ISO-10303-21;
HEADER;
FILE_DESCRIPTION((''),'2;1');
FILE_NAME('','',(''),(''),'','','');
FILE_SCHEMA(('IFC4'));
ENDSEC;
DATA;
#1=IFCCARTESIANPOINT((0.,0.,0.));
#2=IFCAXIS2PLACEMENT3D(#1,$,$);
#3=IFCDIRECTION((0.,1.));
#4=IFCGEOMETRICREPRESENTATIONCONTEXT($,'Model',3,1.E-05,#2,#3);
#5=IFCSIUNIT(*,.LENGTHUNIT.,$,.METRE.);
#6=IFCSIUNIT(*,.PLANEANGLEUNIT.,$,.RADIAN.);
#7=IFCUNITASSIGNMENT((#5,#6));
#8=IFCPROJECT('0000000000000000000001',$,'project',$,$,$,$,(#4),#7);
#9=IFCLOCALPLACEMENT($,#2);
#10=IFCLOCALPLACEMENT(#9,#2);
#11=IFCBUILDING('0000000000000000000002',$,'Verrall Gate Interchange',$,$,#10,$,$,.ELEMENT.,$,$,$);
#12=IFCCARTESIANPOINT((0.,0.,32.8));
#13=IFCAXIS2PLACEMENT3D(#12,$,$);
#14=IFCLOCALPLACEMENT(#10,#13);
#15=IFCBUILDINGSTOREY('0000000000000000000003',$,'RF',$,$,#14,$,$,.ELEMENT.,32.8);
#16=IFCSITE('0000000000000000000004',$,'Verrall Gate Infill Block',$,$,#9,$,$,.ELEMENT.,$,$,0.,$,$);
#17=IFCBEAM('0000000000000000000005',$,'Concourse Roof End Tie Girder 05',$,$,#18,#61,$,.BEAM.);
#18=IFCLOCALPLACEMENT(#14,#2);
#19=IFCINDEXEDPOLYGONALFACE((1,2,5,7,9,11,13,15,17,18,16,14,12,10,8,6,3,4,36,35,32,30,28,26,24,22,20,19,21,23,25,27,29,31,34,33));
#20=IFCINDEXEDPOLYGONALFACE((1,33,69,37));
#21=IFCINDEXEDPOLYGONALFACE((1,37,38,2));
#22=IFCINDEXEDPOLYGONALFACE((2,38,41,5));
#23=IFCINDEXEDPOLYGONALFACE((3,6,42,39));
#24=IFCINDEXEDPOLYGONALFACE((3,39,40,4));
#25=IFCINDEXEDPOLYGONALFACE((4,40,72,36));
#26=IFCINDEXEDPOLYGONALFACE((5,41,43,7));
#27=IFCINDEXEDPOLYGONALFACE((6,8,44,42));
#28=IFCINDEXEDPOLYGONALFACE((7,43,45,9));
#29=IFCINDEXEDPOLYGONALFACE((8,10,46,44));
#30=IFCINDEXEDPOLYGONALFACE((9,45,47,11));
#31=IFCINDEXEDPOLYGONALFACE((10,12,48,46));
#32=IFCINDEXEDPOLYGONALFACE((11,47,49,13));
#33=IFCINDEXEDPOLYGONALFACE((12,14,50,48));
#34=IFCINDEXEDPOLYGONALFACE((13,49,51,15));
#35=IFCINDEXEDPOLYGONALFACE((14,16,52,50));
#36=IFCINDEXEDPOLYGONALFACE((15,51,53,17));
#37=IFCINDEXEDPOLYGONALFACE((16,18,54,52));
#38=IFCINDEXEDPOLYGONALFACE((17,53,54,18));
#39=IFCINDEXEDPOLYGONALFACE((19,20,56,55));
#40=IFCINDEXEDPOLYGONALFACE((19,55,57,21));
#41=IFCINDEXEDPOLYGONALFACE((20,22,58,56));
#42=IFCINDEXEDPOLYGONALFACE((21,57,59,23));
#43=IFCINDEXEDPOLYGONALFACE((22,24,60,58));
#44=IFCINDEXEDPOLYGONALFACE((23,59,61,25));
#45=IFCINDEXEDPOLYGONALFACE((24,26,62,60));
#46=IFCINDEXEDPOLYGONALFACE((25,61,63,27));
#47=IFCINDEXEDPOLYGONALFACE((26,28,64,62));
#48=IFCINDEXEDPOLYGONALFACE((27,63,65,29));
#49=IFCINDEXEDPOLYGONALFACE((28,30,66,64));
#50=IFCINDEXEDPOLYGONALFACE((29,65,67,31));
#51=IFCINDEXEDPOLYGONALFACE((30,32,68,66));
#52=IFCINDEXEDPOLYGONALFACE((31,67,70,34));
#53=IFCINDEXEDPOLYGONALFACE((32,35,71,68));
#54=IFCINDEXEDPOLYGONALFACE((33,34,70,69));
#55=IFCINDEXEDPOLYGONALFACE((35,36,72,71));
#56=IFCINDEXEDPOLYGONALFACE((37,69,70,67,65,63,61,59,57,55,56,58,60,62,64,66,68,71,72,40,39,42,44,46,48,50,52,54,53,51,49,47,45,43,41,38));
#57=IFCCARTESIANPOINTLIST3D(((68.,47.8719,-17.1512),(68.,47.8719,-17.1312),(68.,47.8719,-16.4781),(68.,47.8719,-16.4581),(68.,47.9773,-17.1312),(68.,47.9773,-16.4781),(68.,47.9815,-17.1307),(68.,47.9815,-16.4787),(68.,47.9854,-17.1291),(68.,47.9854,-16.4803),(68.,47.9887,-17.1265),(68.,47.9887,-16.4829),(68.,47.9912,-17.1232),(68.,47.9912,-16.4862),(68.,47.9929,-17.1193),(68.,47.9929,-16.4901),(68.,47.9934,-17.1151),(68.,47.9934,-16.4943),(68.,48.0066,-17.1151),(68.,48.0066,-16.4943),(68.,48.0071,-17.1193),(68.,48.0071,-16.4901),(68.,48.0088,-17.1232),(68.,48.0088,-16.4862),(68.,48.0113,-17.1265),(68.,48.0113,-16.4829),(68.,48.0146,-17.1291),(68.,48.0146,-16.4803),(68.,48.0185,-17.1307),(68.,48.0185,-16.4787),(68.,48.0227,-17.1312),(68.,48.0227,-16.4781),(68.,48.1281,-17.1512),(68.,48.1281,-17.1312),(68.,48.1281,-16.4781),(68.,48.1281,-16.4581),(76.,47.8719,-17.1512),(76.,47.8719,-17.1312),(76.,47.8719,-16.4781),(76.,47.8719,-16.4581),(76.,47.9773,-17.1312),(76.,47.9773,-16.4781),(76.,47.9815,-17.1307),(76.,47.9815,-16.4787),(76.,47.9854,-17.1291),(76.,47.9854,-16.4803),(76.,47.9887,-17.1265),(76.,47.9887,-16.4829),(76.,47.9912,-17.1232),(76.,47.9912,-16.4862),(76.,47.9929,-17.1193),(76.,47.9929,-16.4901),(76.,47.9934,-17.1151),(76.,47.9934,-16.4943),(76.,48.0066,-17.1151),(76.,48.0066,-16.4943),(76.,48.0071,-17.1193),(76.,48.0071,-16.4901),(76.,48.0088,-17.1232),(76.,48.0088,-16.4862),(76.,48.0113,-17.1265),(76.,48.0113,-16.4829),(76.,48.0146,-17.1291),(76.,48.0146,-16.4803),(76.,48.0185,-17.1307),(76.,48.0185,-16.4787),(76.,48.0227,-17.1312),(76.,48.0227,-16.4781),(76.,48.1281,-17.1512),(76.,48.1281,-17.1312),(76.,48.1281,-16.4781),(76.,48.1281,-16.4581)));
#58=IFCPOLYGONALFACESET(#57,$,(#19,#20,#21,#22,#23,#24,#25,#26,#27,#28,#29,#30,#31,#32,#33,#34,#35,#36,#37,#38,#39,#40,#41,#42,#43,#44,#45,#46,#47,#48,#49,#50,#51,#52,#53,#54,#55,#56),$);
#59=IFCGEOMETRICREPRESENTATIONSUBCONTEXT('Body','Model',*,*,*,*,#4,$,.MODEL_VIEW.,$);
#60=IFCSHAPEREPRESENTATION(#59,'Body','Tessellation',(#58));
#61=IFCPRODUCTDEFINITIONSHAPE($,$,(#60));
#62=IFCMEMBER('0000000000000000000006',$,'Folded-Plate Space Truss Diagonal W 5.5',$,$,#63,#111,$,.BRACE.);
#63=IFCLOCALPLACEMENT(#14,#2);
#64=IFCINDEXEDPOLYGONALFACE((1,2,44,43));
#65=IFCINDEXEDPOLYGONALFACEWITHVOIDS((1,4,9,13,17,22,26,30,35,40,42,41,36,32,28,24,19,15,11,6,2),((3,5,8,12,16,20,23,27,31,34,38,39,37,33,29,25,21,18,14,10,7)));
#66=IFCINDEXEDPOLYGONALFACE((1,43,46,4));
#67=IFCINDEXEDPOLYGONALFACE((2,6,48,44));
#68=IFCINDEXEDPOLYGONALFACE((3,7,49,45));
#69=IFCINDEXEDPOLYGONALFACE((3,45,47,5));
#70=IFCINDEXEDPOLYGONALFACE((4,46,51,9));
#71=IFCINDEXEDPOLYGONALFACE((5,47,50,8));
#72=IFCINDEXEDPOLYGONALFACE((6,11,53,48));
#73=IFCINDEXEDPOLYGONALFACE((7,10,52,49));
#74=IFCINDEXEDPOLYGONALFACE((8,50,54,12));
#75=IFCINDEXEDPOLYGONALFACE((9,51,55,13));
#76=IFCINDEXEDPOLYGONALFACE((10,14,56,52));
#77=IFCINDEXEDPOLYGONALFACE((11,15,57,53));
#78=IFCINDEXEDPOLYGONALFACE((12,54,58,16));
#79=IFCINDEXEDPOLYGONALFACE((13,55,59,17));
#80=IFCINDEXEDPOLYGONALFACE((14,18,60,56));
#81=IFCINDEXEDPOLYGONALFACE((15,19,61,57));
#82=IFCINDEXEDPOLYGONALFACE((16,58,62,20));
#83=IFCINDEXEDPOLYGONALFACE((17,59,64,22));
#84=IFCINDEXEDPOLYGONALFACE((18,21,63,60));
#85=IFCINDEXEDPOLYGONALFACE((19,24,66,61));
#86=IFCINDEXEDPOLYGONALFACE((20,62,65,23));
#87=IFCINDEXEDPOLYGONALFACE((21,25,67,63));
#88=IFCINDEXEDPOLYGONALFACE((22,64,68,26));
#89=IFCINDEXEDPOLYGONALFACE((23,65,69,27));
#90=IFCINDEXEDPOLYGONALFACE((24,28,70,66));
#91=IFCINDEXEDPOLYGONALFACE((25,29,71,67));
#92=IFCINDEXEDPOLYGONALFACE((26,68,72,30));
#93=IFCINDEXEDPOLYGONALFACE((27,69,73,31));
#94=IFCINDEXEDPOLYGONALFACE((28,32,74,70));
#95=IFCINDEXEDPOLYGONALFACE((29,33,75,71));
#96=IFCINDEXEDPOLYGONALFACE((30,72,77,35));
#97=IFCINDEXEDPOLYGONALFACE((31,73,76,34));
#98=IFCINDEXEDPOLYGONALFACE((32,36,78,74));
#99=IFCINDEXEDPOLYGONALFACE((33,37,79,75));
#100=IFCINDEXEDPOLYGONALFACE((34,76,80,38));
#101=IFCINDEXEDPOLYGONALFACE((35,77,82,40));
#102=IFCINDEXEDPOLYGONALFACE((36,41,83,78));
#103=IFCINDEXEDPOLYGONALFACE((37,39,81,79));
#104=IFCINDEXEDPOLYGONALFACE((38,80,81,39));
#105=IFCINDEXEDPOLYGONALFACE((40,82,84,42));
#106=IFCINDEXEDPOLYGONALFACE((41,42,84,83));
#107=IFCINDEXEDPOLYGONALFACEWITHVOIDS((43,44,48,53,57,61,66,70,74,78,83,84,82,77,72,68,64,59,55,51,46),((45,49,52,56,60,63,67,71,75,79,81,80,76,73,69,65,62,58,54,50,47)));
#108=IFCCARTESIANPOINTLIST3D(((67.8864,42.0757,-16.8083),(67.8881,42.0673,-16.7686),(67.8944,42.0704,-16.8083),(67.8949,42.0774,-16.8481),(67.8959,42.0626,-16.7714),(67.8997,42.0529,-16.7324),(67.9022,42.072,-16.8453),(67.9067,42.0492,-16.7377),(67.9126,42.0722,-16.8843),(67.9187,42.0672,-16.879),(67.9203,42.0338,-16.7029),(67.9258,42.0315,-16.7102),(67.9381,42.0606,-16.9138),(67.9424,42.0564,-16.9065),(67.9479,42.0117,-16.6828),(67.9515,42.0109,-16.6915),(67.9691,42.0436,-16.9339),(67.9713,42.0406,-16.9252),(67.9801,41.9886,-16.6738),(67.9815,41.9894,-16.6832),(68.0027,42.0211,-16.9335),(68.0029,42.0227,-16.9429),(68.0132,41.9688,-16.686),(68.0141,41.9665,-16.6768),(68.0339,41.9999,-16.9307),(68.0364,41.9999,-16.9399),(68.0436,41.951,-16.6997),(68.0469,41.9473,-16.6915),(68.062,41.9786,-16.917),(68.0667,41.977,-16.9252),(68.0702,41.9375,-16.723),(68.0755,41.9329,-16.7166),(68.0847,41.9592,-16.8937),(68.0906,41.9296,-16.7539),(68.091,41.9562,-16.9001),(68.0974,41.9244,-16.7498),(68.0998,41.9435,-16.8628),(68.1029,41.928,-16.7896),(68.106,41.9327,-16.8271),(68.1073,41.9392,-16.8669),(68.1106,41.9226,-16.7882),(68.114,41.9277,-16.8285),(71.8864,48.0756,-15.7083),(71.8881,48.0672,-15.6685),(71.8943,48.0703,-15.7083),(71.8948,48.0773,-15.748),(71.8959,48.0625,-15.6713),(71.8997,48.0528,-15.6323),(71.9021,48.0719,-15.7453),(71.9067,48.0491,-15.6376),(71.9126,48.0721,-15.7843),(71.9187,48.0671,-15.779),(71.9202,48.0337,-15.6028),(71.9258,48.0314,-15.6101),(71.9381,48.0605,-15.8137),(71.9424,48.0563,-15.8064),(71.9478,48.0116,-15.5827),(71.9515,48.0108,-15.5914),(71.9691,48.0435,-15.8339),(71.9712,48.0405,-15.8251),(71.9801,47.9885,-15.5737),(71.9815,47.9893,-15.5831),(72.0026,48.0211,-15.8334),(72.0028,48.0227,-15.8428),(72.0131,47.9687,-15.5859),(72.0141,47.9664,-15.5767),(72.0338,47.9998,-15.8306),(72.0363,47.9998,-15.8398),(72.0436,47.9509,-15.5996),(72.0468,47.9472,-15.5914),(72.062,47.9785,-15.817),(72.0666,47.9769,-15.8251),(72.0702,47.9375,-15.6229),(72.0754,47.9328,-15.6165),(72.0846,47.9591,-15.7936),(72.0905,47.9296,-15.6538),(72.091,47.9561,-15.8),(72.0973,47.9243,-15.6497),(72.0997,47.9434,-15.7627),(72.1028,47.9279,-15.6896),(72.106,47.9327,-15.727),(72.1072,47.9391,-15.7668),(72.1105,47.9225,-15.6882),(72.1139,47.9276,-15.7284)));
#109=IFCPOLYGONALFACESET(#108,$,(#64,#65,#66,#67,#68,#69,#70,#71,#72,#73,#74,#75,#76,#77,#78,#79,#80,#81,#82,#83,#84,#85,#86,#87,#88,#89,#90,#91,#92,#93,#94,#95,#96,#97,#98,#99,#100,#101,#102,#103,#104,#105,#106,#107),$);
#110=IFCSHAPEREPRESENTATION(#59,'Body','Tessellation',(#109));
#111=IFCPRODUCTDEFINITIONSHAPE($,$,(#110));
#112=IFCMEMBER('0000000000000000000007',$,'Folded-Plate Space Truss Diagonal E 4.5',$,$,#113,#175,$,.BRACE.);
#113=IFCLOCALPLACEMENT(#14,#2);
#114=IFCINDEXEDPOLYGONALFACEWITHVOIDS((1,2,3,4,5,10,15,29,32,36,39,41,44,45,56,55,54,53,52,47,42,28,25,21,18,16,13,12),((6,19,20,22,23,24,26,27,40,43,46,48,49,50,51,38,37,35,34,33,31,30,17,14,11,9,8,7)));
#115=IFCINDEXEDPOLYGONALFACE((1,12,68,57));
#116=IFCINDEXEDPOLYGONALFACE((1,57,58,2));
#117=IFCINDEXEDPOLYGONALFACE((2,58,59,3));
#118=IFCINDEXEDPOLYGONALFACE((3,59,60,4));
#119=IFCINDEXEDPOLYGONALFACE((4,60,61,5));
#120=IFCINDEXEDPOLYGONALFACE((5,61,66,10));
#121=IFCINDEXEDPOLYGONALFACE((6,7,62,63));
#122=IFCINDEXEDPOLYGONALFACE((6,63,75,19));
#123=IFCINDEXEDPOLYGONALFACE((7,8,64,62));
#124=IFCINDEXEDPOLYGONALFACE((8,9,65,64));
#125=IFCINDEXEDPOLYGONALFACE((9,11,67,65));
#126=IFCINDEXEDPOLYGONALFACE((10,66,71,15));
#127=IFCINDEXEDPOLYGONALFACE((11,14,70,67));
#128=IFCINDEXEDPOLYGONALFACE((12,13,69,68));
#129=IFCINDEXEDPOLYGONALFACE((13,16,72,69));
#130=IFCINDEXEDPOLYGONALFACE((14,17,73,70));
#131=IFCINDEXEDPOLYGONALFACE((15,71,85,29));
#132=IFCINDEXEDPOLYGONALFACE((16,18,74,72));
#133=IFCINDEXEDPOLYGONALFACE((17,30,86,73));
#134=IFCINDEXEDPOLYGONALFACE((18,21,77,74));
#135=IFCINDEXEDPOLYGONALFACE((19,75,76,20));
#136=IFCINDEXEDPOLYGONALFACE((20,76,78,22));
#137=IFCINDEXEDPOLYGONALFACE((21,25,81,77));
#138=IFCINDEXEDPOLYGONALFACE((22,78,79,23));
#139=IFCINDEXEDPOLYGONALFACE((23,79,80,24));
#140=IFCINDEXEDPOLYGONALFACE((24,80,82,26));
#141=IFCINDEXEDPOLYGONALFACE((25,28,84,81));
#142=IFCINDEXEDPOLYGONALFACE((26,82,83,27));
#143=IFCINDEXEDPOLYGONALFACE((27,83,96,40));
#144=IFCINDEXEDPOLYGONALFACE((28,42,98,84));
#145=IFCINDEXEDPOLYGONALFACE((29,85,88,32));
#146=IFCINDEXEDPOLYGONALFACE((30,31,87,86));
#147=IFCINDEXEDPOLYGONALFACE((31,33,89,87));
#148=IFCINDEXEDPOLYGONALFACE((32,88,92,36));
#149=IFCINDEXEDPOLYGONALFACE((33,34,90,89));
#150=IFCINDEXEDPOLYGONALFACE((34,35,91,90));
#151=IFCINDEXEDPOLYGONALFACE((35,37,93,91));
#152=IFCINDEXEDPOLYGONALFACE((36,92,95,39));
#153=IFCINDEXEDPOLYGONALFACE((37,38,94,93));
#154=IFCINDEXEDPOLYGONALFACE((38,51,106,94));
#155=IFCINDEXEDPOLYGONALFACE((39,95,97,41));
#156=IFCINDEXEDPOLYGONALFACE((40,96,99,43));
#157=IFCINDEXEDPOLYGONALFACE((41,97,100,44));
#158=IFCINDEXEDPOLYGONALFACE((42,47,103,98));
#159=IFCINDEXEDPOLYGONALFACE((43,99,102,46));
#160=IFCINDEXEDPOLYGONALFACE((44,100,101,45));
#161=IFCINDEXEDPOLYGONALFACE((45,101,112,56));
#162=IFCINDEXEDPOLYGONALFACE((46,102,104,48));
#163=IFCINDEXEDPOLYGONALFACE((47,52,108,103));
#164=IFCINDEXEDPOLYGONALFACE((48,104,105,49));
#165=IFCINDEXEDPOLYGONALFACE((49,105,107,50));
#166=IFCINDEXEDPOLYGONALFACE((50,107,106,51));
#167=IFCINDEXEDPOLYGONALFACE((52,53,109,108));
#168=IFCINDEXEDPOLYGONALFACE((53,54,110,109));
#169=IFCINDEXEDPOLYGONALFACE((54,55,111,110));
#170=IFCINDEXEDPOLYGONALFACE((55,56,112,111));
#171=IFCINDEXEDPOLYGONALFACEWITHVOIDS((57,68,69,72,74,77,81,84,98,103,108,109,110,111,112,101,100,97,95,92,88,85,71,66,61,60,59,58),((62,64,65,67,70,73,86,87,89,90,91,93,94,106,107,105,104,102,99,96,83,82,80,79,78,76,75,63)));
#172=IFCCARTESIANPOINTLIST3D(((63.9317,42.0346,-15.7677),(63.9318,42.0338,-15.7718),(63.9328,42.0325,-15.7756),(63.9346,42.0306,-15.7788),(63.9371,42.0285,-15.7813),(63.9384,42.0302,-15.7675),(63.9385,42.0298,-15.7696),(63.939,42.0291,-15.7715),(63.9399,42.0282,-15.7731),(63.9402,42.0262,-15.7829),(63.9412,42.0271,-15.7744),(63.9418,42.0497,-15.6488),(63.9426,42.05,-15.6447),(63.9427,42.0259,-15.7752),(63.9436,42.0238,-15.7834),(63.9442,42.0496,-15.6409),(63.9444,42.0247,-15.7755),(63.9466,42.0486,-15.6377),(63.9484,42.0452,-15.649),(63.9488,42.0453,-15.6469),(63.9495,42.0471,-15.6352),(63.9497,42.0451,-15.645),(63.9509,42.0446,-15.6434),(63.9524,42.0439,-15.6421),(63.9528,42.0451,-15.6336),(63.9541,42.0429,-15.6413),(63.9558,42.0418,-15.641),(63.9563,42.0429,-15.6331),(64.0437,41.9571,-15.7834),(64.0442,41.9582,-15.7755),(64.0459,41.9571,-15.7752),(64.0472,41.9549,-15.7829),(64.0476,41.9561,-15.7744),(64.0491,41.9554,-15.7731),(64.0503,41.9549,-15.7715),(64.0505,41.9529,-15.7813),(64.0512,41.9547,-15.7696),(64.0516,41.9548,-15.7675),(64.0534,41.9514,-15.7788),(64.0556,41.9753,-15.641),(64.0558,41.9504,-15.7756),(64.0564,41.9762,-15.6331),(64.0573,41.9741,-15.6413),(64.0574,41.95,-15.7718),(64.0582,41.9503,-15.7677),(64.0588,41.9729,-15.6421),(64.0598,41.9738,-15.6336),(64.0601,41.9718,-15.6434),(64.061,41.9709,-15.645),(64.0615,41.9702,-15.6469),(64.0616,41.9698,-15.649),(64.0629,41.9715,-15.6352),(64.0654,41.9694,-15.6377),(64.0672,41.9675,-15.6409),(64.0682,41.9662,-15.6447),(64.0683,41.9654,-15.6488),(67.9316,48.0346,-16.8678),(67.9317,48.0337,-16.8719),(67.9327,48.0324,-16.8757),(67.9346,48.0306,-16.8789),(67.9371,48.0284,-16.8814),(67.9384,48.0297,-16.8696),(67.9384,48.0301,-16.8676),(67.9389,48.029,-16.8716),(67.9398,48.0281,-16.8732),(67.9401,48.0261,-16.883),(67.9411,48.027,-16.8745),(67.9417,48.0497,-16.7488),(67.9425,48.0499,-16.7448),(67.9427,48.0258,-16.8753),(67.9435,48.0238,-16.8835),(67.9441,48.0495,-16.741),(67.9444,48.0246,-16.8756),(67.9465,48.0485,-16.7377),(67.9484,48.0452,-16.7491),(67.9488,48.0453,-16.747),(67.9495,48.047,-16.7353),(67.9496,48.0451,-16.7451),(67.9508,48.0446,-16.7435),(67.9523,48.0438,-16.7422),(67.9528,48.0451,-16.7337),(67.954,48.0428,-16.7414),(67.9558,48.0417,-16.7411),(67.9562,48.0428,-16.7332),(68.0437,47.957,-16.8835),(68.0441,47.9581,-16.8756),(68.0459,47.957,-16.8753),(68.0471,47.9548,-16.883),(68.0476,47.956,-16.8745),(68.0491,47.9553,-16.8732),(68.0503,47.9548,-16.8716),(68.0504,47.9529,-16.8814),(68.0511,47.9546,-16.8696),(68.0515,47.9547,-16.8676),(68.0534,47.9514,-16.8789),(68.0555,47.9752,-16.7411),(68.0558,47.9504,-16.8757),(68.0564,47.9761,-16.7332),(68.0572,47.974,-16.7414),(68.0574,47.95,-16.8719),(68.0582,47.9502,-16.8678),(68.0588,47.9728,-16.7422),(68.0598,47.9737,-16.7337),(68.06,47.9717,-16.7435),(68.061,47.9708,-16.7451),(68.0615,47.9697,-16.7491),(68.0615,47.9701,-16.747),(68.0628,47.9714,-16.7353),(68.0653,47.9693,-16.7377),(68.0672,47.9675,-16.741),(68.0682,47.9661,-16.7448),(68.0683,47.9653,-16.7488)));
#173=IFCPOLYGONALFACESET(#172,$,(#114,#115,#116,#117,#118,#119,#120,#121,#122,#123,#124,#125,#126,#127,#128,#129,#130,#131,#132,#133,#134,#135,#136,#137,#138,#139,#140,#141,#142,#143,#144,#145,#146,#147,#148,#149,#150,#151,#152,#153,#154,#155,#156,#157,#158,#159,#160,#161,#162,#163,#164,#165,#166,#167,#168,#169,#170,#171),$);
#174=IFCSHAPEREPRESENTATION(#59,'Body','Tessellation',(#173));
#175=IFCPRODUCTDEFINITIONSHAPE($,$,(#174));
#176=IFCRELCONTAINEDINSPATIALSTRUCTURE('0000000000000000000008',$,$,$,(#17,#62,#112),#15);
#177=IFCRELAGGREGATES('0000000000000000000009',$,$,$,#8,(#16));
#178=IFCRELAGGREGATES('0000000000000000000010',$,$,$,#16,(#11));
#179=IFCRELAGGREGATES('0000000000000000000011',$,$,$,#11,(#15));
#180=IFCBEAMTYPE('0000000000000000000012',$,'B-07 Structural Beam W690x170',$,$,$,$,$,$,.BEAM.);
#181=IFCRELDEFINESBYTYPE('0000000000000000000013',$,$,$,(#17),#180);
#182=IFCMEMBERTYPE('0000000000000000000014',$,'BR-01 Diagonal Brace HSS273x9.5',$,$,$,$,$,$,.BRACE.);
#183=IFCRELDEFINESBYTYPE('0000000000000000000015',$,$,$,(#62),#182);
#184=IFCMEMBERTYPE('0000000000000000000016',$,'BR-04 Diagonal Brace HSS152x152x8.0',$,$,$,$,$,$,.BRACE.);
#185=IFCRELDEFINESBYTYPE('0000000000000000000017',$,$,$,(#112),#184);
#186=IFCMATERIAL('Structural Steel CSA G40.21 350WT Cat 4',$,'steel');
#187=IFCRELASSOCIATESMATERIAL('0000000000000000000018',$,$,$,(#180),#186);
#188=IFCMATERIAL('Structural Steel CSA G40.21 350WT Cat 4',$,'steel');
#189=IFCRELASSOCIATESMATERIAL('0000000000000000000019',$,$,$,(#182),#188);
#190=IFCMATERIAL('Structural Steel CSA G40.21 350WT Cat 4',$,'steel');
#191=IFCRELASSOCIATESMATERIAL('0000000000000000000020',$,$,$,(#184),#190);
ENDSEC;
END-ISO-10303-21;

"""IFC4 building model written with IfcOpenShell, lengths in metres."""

from ifc_helpers import new_model, si_unit, direction, frame, origin, origin_2d, place, context, subcontext, project, spatial, hollow_rectangle, hollow_circle, i_section, extrude, material, material_profile, profile_set, type_object, element, save


model = new_model("IFC4")

# Units and contexts
model_context = context("Model", 3, precision=1e-05, world=origin(), true_north=direction((0.0, 1.0)))
body_context = subcontext(model_context, "Body", "Model", "MODEL_VIEW")
ifc_project = project(units=[si_unit("LENGTHUNIT", "METRE"), si_unit("PLANEANGLEUNIT", "RADIAN")], contexts=[model_context])

# Site, building, storey
site_placement = place(None, origin())
site = spatial("IfcSite", under=ifc_project, at=site_placement, Name="Verrall Gate Infill Block", CompositionType="ELEMENT", RefElevation=0.0)
building_placement = place(site_placement, origin())
building = spatial("IfcBuilding", under=site, at=building_placement, Name="Verrall Gate Interchange", CompositionType="ELEMENT")
storey_placement = place(building_placement, frame((0.0, 0.0, 32.8)))
storey = spatial("IfcBuildingStorey", under=building, at=storey_placement, Name="RF", CompositionType="ELEMENT", Elevation=32.8)

# Beam
ifc_material_1 = material(Name="Structural Steel CSA G40.21 350WT Cat 4", Category="steel")
ifc_material_profile_1 = material_profile(ifc_material_1, i_section(OverallWidth=0.2561, OverallDepth=0.6931, WebThickness=0.0132, FlangeThickness=0.02, FilletRadius=0.0161, at=origin_2d()), Name="W690x170")
ifc_profile_set_1 = profile_set([ifc_material_profile_1], Name="Structural Steel CSA G40.21 350WT Cat 4")
beam_type = type_object("IfcBeamType", Name="B-07 Structural Beam W690x170", PredefinedType="BEAM", material=ifc_profile_set_1)
beam_placement = place(storey_placement, frame((68.0, 48.0, -16.8047), z_axis=(1.0, 0.0, 0.0), x_axis=(0.0, 1.0, 0.0)))
element("IfcBeam", 1, at=beam_placement, inside=storey, type_object=beam_type, Name="Concourse Roof End Tie Girder 05", PredefinedType="BEAM", context=body_context, shape_type="SweptSolid", body=[
    extrude(i_section(OverallWidth=0.2561, OverallDepth=0.6931, WebThickness=0.0132, FlangeThickness=0.02, FilletRadius=0.0161, at=origin_2d()), origin(), (0.0, 0.0, 1.0), 8.0),
])

# Members
ifc_material_2 = material(Name="Structural Steel CSA G40.21 350WT Cat 4", Category="steel")
ifc_material_profile_2 = material_profile(ifc_material_2, hollow_circle(Radius=0.1365, WallThickness=0.0095, at=origin_2d()), Name="HSS273x9.5")
ifc_profile_set_2 = profile_set([ifc_material_profile_2], Name="Structural Steel CSA G40.21 350WT Cat 4")
member_type_1 = type_object("IfcMemberType", Name="BR-01 Diagonal Brace HSS273x9.5", PredefinedType="BRACE", material=ifc_profile_set_2)
member_1_placement = place(storey_placement, frame((68.0, 42.0, -16.8083), z_axis=(0.548356, 0.822534, 0.150811), x_axis=(-0.83205, 0.5547, 0.0)))
element("IfcMember", 2, at=member_1_placement, inside=storey, type_object=member_type_1, Name="Folded-Plate Space Truss Diagonal W 5.5", PredefinedType="BRACE", context=body_context, shape_type="SweptSolid", body=[
    extrude(hollow_circle(Radius=0.1365, WallThickness=0.0095, at=origin_2d()), origin(), (0.0, 0.0, 1.0), 7.2944),
])
ifc_material_3 = material(Name="Structural Steel CSA G40.21 350WT Cat 4", Category="steel")
ifc_material_profile_3 = material_profile(ifc_material_3, hollow_rectangle(XDim=0.1521, YDim=0.1521, WallThickness=0.0081, InnerFilletRadius=0.0081, OuterFilletRadius=0.0159, at=origin_2d()), Name="HSS152x152x8.0")
ifc_profile_set_3 = profile_set([ifc_material_profile_3], Name="Structural Steel CSA G40.21 350WT Cat 4")
member_type_2 = type_object("IfcMemberType", Name="BR-04 Diagonal Brace HSS152x152x8.0", PredefinedType="BRACE", material=ifc_profile_set_3)
for number, where, z_axis, x_axis, name in (
    (3, (64.0, 42.0, -15.7083), (0.548356, 0.822534, -0.150811), (-0.83205, 0.5547, 0.0), "Folded-Plate Space Truss Diagonal E 4.5"),
):
    element("IfcMember", number, at=place(storey_placement, frame(where, z_axis=z_axis, x_axis=x_axis)), inside=storey, type_object=member_type_2, Name=name, PredefinedType="BRACE", context=body_context, shape_type="SweptSolid", body=[
        extrude(hollow_rectangle(XDim=0.1521, YDim=0.1521, WallThickness=0.0081, InnerFilletRadius=0.0081, OuterFilletRadius=0.0159, at=origin_2d()), origin(), (0.0, 0.0, 1.0), 7.2944),
    ])

save(model, "model.ifc")
